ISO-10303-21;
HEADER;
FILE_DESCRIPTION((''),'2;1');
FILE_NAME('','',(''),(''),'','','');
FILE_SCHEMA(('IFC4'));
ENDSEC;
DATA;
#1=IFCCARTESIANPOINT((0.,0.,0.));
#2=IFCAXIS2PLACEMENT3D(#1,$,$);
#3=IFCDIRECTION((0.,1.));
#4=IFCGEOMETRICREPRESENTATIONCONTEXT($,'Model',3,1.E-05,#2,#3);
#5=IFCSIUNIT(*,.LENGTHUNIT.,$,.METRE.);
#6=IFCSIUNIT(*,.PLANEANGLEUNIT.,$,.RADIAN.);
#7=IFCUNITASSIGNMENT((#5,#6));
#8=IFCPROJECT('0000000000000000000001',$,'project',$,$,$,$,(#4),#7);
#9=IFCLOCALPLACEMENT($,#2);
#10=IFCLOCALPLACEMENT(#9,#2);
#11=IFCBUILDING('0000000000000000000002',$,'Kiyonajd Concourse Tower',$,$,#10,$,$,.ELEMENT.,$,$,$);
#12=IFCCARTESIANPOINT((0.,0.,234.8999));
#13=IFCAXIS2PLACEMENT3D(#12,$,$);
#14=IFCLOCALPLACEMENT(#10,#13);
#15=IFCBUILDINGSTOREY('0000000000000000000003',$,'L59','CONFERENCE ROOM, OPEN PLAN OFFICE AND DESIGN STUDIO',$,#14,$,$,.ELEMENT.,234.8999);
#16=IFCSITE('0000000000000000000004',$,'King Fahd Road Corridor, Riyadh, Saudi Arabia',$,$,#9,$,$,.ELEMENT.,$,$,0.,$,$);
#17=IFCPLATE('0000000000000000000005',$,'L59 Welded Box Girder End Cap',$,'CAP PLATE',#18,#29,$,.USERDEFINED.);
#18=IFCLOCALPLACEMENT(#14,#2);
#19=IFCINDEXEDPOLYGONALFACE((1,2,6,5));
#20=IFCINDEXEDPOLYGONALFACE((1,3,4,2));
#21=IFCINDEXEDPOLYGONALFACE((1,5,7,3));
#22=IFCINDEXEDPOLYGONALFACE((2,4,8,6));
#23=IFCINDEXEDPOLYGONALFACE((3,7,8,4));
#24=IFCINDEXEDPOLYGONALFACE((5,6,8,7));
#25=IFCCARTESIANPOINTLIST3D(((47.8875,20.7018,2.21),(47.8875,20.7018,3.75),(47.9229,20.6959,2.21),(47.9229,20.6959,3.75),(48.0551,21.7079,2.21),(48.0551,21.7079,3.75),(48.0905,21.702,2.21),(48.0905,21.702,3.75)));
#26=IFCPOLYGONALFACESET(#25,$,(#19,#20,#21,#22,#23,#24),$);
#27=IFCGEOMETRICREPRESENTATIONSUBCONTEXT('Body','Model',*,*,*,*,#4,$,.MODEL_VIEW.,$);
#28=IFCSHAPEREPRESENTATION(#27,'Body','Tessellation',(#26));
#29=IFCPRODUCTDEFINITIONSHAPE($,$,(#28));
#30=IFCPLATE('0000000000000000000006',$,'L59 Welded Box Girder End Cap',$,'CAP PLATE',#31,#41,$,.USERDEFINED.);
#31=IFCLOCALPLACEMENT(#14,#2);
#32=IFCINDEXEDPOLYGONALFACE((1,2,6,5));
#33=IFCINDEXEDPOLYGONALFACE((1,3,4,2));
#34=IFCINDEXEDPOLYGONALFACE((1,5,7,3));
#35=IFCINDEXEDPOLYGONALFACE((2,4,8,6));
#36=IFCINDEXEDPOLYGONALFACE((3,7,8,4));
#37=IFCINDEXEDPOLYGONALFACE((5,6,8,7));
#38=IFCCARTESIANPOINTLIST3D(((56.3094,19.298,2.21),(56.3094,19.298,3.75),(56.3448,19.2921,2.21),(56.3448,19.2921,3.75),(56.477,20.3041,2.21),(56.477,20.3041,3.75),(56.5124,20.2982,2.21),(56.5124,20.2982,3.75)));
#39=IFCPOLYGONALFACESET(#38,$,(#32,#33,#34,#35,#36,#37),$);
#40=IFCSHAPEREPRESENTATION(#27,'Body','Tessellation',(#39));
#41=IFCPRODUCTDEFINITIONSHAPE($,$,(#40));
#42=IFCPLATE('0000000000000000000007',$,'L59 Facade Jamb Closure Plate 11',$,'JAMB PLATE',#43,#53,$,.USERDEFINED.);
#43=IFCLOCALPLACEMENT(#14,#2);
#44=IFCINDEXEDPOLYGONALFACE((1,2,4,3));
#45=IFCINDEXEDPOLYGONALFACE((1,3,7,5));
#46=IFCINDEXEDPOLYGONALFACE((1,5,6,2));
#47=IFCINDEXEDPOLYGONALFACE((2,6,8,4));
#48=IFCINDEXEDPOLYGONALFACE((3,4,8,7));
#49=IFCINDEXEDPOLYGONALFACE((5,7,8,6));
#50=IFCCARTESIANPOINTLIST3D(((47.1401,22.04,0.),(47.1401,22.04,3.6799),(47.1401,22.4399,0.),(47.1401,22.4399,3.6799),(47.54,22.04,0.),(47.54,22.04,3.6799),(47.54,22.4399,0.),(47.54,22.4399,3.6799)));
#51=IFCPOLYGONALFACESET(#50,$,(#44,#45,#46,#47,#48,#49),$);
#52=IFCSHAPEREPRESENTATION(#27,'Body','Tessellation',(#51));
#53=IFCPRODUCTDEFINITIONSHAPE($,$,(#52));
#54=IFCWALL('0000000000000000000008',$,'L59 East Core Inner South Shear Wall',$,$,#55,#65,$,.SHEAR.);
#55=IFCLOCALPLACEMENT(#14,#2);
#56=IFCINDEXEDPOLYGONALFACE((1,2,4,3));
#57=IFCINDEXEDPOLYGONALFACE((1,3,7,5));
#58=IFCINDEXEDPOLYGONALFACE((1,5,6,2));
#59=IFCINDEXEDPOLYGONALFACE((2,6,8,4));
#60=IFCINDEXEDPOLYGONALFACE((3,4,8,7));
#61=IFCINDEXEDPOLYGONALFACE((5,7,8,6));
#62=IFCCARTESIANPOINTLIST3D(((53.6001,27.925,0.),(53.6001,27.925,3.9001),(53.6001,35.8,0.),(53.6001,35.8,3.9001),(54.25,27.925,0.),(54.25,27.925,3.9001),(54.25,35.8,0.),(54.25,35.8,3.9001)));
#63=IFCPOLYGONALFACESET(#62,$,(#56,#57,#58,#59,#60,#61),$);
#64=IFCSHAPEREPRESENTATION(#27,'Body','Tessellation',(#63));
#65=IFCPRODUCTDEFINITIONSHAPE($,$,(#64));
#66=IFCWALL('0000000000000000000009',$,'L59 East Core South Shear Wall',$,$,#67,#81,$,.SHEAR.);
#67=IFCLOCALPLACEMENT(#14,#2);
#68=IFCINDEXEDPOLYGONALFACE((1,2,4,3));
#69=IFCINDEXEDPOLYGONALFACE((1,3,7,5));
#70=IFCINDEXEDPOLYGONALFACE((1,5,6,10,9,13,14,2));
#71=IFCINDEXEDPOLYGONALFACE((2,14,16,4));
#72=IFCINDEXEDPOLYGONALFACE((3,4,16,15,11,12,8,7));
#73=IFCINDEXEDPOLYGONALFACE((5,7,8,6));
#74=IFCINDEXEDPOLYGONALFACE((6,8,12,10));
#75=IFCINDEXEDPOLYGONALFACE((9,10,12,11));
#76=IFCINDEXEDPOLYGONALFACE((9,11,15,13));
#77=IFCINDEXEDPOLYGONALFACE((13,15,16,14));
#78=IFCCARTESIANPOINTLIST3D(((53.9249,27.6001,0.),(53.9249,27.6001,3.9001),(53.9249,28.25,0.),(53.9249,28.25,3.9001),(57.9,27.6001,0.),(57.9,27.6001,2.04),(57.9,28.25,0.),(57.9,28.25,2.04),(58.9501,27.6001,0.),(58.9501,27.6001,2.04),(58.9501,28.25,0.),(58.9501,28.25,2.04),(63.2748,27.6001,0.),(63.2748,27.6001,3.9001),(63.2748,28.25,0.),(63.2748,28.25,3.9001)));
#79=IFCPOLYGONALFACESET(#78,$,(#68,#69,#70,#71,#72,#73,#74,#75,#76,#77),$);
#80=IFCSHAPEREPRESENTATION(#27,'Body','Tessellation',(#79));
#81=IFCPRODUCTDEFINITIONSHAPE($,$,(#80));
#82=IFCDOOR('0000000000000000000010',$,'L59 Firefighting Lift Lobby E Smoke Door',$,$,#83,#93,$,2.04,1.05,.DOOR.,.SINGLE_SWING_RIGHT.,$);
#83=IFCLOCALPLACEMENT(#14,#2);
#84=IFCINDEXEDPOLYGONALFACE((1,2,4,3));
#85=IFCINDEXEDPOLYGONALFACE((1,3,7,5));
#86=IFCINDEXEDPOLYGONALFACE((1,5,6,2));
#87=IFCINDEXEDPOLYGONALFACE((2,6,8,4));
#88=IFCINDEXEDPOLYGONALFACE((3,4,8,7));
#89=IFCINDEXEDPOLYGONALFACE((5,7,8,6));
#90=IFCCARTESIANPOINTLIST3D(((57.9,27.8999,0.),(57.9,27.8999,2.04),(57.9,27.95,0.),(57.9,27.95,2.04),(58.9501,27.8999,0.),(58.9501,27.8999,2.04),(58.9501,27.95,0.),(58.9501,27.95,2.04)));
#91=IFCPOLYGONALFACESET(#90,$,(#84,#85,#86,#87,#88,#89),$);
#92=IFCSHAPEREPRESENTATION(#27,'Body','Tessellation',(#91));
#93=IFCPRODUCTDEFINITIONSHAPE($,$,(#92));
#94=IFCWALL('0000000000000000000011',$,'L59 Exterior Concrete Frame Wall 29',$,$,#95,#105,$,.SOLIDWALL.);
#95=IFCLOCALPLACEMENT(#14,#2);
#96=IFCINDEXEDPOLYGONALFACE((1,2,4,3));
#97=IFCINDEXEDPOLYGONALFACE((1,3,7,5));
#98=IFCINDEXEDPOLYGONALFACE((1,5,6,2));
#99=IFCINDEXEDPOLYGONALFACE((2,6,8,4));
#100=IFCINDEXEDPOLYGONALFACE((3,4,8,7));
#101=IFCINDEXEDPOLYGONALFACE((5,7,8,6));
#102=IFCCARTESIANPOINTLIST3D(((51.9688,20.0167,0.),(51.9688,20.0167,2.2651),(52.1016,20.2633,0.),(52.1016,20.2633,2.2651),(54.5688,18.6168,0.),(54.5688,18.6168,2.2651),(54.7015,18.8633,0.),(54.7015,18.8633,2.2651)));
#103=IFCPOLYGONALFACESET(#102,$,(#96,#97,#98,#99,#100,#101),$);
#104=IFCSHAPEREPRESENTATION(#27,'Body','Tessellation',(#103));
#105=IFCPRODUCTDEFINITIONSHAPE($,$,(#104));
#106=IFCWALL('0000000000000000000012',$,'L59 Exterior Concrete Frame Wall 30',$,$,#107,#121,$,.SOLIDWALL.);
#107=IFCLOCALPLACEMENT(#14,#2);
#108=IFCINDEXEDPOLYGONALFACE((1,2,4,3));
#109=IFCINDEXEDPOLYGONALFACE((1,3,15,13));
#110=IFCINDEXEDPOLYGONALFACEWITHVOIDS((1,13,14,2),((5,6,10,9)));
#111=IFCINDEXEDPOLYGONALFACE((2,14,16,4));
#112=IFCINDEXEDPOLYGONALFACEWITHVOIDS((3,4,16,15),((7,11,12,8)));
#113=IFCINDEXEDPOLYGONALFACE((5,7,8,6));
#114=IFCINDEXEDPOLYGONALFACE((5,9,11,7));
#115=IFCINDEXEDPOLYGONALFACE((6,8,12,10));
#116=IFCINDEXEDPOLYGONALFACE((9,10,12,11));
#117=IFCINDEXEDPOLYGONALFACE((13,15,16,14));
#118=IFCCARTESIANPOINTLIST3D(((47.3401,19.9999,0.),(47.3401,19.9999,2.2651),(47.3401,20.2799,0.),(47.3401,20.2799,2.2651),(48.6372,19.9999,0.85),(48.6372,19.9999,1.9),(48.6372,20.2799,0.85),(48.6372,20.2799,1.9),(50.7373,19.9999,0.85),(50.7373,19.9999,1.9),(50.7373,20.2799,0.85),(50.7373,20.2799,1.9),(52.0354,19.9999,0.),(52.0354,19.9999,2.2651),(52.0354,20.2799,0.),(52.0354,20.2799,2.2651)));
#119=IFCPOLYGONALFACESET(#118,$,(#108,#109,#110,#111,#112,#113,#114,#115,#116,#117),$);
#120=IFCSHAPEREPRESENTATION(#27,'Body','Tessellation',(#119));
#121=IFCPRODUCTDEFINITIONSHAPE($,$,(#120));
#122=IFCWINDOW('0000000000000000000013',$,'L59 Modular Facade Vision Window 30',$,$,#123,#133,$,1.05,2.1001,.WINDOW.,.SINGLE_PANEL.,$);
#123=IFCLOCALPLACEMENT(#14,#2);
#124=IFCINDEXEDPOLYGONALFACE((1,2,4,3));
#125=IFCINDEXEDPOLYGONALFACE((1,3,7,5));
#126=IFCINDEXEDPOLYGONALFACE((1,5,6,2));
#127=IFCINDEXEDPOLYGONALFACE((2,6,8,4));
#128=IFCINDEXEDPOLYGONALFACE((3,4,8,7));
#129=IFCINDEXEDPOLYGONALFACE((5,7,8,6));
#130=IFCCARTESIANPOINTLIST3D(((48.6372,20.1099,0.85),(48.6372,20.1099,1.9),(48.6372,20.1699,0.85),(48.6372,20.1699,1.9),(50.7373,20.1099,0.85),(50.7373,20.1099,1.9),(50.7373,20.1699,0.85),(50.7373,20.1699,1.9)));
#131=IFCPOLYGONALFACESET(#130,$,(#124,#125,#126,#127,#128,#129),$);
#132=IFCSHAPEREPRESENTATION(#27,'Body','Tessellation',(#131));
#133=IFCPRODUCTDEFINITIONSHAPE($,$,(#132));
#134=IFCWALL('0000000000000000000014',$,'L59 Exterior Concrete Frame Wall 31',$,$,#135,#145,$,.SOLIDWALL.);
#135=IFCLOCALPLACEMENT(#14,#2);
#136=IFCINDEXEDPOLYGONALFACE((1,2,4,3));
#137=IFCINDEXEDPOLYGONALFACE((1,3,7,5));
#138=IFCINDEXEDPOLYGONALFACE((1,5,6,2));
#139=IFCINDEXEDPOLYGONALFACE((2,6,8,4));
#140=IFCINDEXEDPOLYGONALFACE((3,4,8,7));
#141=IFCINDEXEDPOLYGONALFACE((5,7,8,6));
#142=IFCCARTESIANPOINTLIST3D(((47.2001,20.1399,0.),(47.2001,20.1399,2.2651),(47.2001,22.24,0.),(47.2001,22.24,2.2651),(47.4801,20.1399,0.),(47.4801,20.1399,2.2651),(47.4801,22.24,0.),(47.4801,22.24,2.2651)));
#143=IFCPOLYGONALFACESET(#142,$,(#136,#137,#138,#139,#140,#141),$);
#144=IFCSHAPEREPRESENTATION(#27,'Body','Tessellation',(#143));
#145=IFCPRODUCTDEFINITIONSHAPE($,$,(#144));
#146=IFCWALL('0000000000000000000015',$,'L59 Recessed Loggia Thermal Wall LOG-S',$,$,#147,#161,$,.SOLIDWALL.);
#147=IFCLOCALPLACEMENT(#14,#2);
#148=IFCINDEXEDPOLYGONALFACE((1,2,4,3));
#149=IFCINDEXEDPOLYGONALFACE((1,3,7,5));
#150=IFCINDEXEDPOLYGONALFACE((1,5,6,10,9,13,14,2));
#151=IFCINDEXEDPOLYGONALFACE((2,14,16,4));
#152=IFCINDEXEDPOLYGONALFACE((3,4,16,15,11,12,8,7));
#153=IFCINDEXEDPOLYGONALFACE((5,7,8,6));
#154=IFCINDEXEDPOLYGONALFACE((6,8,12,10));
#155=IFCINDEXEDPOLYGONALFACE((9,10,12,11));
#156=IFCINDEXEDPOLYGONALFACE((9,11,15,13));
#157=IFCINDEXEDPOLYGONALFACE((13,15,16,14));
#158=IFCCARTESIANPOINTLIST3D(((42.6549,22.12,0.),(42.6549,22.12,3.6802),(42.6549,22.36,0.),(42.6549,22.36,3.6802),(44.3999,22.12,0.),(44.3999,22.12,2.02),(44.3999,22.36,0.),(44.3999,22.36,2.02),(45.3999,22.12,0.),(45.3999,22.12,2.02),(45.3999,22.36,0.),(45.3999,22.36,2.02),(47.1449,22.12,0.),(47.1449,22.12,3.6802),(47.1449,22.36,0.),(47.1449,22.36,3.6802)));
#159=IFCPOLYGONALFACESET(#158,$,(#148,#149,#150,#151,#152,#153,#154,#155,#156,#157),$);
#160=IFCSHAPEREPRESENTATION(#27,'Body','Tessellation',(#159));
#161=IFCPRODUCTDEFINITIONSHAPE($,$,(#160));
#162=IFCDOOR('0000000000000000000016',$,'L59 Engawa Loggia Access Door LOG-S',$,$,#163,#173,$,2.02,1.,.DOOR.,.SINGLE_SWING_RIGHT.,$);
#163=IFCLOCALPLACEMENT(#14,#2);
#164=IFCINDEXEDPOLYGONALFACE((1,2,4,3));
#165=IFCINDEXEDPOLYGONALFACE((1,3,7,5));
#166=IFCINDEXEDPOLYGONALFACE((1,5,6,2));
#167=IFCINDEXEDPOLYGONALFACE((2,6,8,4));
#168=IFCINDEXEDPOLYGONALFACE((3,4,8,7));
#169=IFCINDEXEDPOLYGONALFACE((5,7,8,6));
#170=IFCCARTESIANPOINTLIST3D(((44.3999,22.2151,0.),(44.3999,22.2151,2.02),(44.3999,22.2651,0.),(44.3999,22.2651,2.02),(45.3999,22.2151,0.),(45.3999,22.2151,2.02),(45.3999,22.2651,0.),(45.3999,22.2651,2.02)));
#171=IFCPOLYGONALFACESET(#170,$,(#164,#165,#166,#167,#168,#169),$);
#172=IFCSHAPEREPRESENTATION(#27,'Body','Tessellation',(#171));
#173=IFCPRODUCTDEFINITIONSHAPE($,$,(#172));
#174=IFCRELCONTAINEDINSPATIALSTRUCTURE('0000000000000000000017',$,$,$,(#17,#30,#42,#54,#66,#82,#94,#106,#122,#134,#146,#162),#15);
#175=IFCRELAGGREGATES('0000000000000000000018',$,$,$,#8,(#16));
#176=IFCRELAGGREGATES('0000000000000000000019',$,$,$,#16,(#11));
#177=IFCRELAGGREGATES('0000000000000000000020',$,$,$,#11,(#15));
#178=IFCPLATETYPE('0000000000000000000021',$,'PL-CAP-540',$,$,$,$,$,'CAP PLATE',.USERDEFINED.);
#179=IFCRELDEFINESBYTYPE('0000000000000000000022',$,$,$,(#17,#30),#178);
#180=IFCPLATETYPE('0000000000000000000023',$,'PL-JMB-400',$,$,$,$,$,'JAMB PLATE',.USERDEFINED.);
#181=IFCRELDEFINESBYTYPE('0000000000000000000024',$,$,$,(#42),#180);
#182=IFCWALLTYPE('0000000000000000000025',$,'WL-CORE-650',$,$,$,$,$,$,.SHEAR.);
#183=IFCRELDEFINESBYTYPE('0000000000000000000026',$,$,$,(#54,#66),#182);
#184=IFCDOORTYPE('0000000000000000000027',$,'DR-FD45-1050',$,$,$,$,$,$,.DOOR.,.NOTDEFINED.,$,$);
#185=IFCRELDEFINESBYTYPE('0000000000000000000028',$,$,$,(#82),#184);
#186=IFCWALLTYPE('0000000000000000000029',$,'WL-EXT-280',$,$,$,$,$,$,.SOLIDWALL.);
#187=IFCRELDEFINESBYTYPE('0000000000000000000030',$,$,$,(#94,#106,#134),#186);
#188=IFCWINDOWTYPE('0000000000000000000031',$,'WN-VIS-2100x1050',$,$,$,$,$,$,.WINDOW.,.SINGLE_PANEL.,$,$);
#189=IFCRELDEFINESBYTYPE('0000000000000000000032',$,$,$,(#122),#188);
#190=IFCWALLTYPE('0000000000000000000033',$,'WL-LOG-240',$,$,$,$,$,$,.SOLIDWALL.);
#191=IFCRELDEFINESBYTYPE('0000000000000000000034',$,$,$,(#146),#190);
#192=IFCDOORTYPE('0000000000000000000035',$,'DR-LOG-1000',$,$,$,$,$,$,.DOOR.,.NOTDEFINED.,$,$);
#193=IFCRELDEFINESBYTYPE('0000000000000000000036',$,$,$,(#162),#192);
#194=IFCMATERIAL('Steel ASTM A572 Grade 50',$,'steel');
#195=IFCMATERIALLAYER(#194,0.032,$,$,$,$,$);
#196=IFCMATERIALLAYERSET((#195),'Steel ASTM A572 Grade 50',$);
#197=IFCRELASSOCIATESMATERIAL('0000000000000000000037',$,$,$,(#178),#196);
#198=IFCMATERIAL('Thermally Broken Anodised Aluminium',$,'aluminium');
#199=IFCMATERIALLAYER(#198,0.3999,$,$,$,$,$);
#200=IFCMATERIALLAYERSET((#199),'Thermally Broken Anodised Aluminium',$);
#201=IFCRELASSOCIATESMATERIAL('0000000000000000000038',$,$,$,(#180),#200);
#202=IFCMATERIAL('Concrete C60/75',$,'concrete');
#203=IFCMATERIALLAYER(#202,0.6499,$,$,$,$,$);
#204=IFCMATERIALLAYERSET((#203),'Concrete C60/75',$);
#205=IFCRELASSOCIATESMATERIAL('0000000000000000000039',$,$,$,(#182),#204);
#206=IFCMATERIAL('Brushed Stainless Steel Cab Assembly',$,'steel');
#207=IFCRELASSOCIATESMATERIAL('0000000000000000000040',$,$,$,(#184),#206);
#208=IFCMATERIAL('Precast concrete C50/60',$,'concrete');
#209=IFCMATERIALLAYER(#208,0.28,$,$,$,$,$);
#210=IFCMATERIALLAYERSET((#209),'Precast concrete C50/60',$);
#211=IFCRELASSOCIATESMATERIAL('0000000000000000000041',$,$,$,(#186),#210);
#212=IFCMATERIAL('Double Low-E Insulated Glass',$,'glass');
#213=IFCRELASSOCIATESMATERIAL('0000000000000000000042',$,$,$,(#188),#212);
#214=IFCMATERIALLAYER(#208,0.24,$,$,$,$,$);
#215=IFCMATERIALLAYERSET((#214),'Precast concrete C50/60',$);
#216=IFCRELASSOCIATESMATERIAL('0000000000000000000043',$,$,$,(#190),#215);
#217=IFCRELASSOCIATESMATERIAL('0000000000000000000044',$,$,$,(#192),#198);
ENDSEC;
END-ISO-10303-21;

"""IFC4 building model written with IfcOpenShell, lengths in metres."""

from ifc_helpers import new_model, si_unit, direction, frame, frame_2d, origin, origin_2d, place, context, subcontext, project, spatial, rectangle, extrude, material, layer, layer_set, type_object, element, fill, save


model = new_model("IFC4")

# Units and contexts
model_context = context("Model", 3, precision=1e-05, world=origin(), true_north=direction((0.0, 1.0)))
body_context = subcontext(model_context, "Body", "Model", "MODEL_VIEW")
ifc_project = project(units=[si_unit("LENGTHUNIT", "METRE"), si_unit("PLANEANGLEUNIT", "RADIAN")], contexts=[model_context])

# Site, building, storey
site_placement = place(None, origin())
site = spatial("IfcSite", under=ifc_project, at=site_placement, Name="King Fahd Road Corridor, Riyadh, Saudi Arabia", CompositionType="ELEMENT", RefElevation=0.0)
building_placement = place(site_placement, origin())
building = spatial("IfcBuilding", under=site, at=building_placement, Name="Kiyonajd Concourse Tower", CompositionType="ELEMENT")
storey_placement = place(building_placement, frame((0.0, 0.0, 234.8999)))
storey = spatial("IfcBuildingStorey", under=building, at=storey_placement, Name="L59", Description="CONFERENCE ROOM, OPEN PLAN OFFICE AND DESIGN STUDIO", CompositionType="ELEMENT", Elevation=234.8999)

# Shared definitions
ifc_material_1 = material(Name="Concrete C60/75", Category="concrete")

# Shared definitions
ifc_material_2 = material(Name="Steel ASTM A572 Grade 50", Category="steel")

# Plates
ifc_layer_1 = layer(ifc_material_2, 0.032)
ifc_layer_set_1 = layer_set([ifc_layer_1], Name="Steel ASTM A572 Grade 50")
plate_type_1 = type_object("IfcPlateType", Name="PL-CAP-540", ElementType="CAP PLATE", PredefinedType="USERDEFINED", material=ifc_layer_set_1)
for number, where, z_axis, x_axis, name in (
    (1, (47.989, 21.2019, 2.21), (0.0, 0.0, 1.0), (-0.986401, 0.164359, 0.0), "L59 Welded Box Girder End Cap"),
    (2, (56.4109, 19.7981, 2.21), (0.0, 0.0, 1.0), (0.986401, -0.164359, 0.0), "L59 Welded Box Girder End Cap"),
):
    element("IfcPlate", number, at=place(storey_placement, frame(where, z_axis=z_axis, x_axis=x_axis)), inside=storey, type_object=plate_type_1, Name=name, ObjectType="CAP PLATE", PredefinedType="USERDEFINED", context=body_context, shape_type="SweptSolid", body=[
        extrude(rectangle(XDim=0.0359, YDim=1.02, at=origin_2d()), origin(), (0.0, 0.0, 1.0), 1.54),
    ])
ifc_material_3 = material(Name="Thermally Broken Anodised Aluminium", Category="aluminium")
ifc_layer_2 = layer(ifc_material_3, 0.3999)
ifc_layer_set_2 = layer_set([ifc_layer_2], Name="Thermally Broken Anodised Aluminium")
plate_type_2 = type_object("IfcPlateType", Name="PL-JMB-400", ElementType="JAMB PLATE", PredefinedType="USERDEFINED", material=ifc_layer_set_2)
plate_placement = place(storey_placement, frame((47.3401, 22.24, 0.0), z_axis=(0.0, 0.0, 1.0), x_axis=(1.0, 0.0, 0.0)))
element("IfcPlate", 3, at=plate_placement, inside=storey, type_object=plate_type_2, Name="L59 Facade Jamb Closure Plate 11", ObjectType="JAMB PLATE", PredefinedType="USERDEFINED", context=body_context, shape_type="SweptSolid", body=[
    extrude(rectangle(XDim=0.3999, YDim=0.3999, at=origin_2d()), origin(), (0.0, 0.0, 1.0), 3.6799),
])

# Wall
ifc_layer_3 = layer(ifc_material_1, 0.6499)
ifc_layer_set_3 = layer_set([ifc_layer_3], Name="Concrete C60/75")
wall_type_1 = type_object("IfcWallType", Name="WL-CORE-650", PredefinedType="SHEAR", material=ifc_layer_set_3)
wall_1_placement = place(storey_placement, frame((53.925, 27.925, 0.0), z_axis=(0.0, 0.0, 1.0), x_axis=(0.0, 1.0, 0.0)))
element("IfcWall", 4, at=wall_1_placement, inside=storey, type_object=wall_type_1, Name="L59 East Core Inner South Shear Wall", PredefinedType="SHEAR", context=body_context, shape_type="SweptSolid", body=[
    extrude(rectangle(XDim=7.875, YDim=0.6499, at=frame_2d((3.9375, 0.0))), origin(), (0.0, 0.0, 1.0), 3.9001),
])

# Wall, opening, door
wall_2_placement = place(storey_placement, frame((53.925, 27.925, 0.0), z_axis=(0.0, 0.0, 1.0), x_axis=(1.0, 0.0, 0.0)))
wall_2 = element("IfcWall", 5, at=wall_2_placement, inside=storey, type_object=wall_type_1, Name="L59 East Core South Shear Wall", PredefinedType="SHEAR", context=body_context, shape_type="SweptSolid", body=[
    extrude(rectangle(XDim=9.3499, YDim=0.6499, at=frame_2d((4.6748, 0.0))), origin(), (0.0, 0.0, 1.0), 3.9001),
])
opening_1_placement = place(wall_2_placement, frame((3.9751, 0.0, 0.0)))
opening_1 = element("IfcOpeningElement", 6, at=opening_1_placement, cuts=wall_2, PredefinedType="OPENING", context=body_context, shape_type="SweptSolid", body=[
    extrude(rectangle(XDim=1.05, YDim=2.04, at=frame_2d((0.5249, 1.02))), frame((0.0, 0.335, 0.0), z_axis=(0.0, -1.0, 0.0), x_axis=(1.0, 0.0, 0.0)), (0.0, 0.0, 1.0), 0.6699),
])
ifc_material_4 = material(Name="Brushed Stainless Steel Cab Assembly", Category="steel")
door_type_1 = type_object("IfcDoorType", Name="DR-FD45-1050", OperationType="NOTDEFINED", PredefinedType="DOOR", material=ifc_material_4)
door_1_placement = place(opening_1_placement, origin())
door_1 = element("IfcDoor", 7, at=door_1_placement, inside=storey, type_object=door_type_1, Name="L59 Firefighting Lift Lobby E Smoke Door", OperationType="SINGLE_SWING_RIGHT", OverallHeight=2.04, OverallWidth=1.05, PredefinedType="DOOR", context=body_context, shape_type="SweptSolid", body=[
    extrude(rectangle(XDim=1.05, YDim=2.04, at=frame_2d((0.5249, 1.02))), frame((0.0, 0.0249, 0.0), z_axis=(0.0, -1.0, 0.0), x_axis=(1.0, 0.0, 0.0)), (0.0, 0.0, 1.0), 0.05),
])
fill(opening_1, door_1)

# Wall
ifc_material_5 = material(Name="Precast concrete C50/60", Category="concrete")
ifc_layer_4 = layer(ifc_material_5, 0.28)
ifc_layer_set_4 = layer_set([ifc_layer_4], Name="Precast concrete C50/60")
wall_type_2 = type_object("IfcWallType", Name="WL-EXT-280", PredefinedType="SOLIDWALL", material=ifc_layer_set_4)
wall_3_placement = place(storey_placement, frame((54.6353, 18.74, 0.0), z_axis=(0.0, 0.0, 1.0), x_axis=(-0.880474, 0.474095, 0.0)))
element("IfcWall", 8, at=wall_3_placement, inside=storey, type_object=wall_type_2, Name="L59 Exterior Concrete Frame Wall 29", PredefinedType="SOLIDWALL", context=body_context, shape_type="SweptSolid", body=[
    extrude(rectangle(XDim=2.9529, YDim=0.28, at=frame_2d((1.4766, 0.0))), origin(), (0.0, 0.0, 1.0), 2.2651),
])

# Wall, opening, window
wall_4_placement = place(storey_placement, frame((52.0354, 20.1399, 0.0), z_axis=(0.0, 0.0, 1.0), x_axis=(-1.0, 0.0, 0.0)))
wall_4 = element("IfcWall", 9, at=wall_4_placement, inside=storey, type_object=wall_type_2, Name="L59 Exterior Concrete Frame Wall 30", PredefinedType="SOLIDWALL", context=body_context, shape_type="SweptSolid", body=[
    extrude(rectangle(XDim=4.6953, YDim=0.28, at=frame_2d((2.3477, 0.0))), origin(), (0.0, 0.0, 1.0), 2.2651),
])
opening_2_placement = place(wall_4_placement, frame((1.2981, 0.0, 0.8501)))
opening_2 = element("IfcOpeningElement", 10, at=opening_2_placement, cuts=wall_4, PredefinedType="OPENING", context=body_context, shape_type="SweptSolid", body=[
    extrude(rectangle(XDim=2.1001, YDim=1.05, at=frame_2d((1.05, 0.5249))), frame((0.0, 0.1499, 0.0), z_axis=(0.0, -1.0, 0.0), x_axis=(1.0, 0.0, 0.0)), (0.0, 0.0, 1.0), 0.3),
])
ifc_material_6 = material(Name="Double Low-E Insulated Glass", Category="glass")
window_type = type_object("IfcWindowType", Name="WN-VIS-2100x1050", PartitioningType="SINGLE_PANEL", PredefinedType="WINDOW", material=ifc_material_6)
window_placement = place(opening_2_placement, origin())
window = element("IfcWindow", 11, at=window_placement, inside=storey, type_object=window_type, Name="L59 Modular Facade Vision Window 30", OverallHeight=1.05, OverallWidth=2.1001, PartitioningType="SINGLE_PANEL", PredefinedType="WINDOW", context=body_context, shape_type="SweptSolid", body=[
    extrude(rectangle(XDim=2.1001, YDim=1.05, at=frame_2d((1.05, 0.5249))), frame((0.0, 0.03, 0.0), z_axis=(0.0, -1.0, 0.0), x_axis=(1.0, 0.0, 0.0)), (0.0, 0.0, 1.0), 0.0601),
])
fill(opening_2, window)

# Wall
wall_5_placement = place(storey_placement, frame((47.3401, 20.1399, 0.0), z_axis=(0.0, 0.0, 1.0), x_axis=(0.0, 1.0, 0.0)))
element("IfcWall", 12, at=wall_5_placement, inside=storey, type_object=wall_type_2, Name="L59 Exterior Concrete Frame Wall 31", PredefinedType="SOLIDWALL", context=body_context, shape_type="SweptSolid", body=[
    extrude(rectangle(XDim=2.1001, YDim=0.28, at=frame_2d((1.05, 0.0))), origin(), (0.0, 0.0, 1.0), 2.2651),
])

# Wall, opening, door
ifc_layer_5 = layer(ifc_material_5, 0.24)
ifc_layer_set_5 = layer_set([ifc_layer_5], Name="Precast concrete C50/60")
wall_type_3 = type_object("IfcWallType", Name="WL-LOG-240", PredefinedType="SOLIDWALL", material=ifc_layer_set_5)
wall_6_placement = place(storey_placement, frame((47.145, 22.24, 0.0), z_axis=(0.0, 0.0, 1.0), x_axis=(-1.0, 0.0, 0.0)))
wall_6 = element("IfcWall", 13, at=wall_6_placement, inside=storey, type_object=wall_type_3, Name="L59 Recessed Loggia Thermal Wall LOG-S", PredefinedType="SOLIDWALL", context=body_context, shape_type="SweptSolid", body=[
    extrude(rectangle(XDim=4.49, YDim=0.24, at=frame_2d((2.2451, 0.0))), origin(), (0.0, 0.0, 1.0), 3.6802),
])
opening_3_placement = place(wall_6_placement, frame((1.7451, 0.0, 0.0)))
opening_3 = element("IfcOpeningElement", 14, at=opening_3_placement, cuts=wall_6, PredefinedType="OPENING", context=body_context, shape_type="SweptSolid", body=[
    extrude(rectangle(XDim=1.0, YDim=2.02, at=frame_2d((0.5, 1.01))), frame((0.0, 0.1299, 0.0), z_axis=(0.0, -1.0, 0.0), x_axis=(1.0, 0.0, 0.0)), (0.0, 0.0, 1.0), 0.26),
])
door_type_2 = type_object("IfcDoorType", Name="DR-LOG-1000", OperationType="NOTDEFINED", PredefinedType="DOOR", material=ifc_material_3)
door_2_placement = place(opening_3_placement, origin())
door_2 = element("IfcDoor", 15, at=door_2_placement, inside=storey, type_object=door_type_2, Name="L59 Engawa Loggia Access Door LOG-S", OperationType="SINGLE_SWING_RIGHT", OverallHeight=2.02, OverallWidth=1.0, PredefinedType="DOOR", context=body_context, shape_type="SweptSolid", body=[
    extrude(rectangle(XDim=1.0, YDim=2.02, at=frame_2d((0.5, 1.01))), frame((0.0, 0.0249, 0.0), z_axis=(0.0, -1.0, 0.0), x_axis=(1.0, 0.0, 0.0)), (0.0, 0.0, 1.0), 0.05),
])
fill(opening_3, door_2)

save(model, "model.ifc")
